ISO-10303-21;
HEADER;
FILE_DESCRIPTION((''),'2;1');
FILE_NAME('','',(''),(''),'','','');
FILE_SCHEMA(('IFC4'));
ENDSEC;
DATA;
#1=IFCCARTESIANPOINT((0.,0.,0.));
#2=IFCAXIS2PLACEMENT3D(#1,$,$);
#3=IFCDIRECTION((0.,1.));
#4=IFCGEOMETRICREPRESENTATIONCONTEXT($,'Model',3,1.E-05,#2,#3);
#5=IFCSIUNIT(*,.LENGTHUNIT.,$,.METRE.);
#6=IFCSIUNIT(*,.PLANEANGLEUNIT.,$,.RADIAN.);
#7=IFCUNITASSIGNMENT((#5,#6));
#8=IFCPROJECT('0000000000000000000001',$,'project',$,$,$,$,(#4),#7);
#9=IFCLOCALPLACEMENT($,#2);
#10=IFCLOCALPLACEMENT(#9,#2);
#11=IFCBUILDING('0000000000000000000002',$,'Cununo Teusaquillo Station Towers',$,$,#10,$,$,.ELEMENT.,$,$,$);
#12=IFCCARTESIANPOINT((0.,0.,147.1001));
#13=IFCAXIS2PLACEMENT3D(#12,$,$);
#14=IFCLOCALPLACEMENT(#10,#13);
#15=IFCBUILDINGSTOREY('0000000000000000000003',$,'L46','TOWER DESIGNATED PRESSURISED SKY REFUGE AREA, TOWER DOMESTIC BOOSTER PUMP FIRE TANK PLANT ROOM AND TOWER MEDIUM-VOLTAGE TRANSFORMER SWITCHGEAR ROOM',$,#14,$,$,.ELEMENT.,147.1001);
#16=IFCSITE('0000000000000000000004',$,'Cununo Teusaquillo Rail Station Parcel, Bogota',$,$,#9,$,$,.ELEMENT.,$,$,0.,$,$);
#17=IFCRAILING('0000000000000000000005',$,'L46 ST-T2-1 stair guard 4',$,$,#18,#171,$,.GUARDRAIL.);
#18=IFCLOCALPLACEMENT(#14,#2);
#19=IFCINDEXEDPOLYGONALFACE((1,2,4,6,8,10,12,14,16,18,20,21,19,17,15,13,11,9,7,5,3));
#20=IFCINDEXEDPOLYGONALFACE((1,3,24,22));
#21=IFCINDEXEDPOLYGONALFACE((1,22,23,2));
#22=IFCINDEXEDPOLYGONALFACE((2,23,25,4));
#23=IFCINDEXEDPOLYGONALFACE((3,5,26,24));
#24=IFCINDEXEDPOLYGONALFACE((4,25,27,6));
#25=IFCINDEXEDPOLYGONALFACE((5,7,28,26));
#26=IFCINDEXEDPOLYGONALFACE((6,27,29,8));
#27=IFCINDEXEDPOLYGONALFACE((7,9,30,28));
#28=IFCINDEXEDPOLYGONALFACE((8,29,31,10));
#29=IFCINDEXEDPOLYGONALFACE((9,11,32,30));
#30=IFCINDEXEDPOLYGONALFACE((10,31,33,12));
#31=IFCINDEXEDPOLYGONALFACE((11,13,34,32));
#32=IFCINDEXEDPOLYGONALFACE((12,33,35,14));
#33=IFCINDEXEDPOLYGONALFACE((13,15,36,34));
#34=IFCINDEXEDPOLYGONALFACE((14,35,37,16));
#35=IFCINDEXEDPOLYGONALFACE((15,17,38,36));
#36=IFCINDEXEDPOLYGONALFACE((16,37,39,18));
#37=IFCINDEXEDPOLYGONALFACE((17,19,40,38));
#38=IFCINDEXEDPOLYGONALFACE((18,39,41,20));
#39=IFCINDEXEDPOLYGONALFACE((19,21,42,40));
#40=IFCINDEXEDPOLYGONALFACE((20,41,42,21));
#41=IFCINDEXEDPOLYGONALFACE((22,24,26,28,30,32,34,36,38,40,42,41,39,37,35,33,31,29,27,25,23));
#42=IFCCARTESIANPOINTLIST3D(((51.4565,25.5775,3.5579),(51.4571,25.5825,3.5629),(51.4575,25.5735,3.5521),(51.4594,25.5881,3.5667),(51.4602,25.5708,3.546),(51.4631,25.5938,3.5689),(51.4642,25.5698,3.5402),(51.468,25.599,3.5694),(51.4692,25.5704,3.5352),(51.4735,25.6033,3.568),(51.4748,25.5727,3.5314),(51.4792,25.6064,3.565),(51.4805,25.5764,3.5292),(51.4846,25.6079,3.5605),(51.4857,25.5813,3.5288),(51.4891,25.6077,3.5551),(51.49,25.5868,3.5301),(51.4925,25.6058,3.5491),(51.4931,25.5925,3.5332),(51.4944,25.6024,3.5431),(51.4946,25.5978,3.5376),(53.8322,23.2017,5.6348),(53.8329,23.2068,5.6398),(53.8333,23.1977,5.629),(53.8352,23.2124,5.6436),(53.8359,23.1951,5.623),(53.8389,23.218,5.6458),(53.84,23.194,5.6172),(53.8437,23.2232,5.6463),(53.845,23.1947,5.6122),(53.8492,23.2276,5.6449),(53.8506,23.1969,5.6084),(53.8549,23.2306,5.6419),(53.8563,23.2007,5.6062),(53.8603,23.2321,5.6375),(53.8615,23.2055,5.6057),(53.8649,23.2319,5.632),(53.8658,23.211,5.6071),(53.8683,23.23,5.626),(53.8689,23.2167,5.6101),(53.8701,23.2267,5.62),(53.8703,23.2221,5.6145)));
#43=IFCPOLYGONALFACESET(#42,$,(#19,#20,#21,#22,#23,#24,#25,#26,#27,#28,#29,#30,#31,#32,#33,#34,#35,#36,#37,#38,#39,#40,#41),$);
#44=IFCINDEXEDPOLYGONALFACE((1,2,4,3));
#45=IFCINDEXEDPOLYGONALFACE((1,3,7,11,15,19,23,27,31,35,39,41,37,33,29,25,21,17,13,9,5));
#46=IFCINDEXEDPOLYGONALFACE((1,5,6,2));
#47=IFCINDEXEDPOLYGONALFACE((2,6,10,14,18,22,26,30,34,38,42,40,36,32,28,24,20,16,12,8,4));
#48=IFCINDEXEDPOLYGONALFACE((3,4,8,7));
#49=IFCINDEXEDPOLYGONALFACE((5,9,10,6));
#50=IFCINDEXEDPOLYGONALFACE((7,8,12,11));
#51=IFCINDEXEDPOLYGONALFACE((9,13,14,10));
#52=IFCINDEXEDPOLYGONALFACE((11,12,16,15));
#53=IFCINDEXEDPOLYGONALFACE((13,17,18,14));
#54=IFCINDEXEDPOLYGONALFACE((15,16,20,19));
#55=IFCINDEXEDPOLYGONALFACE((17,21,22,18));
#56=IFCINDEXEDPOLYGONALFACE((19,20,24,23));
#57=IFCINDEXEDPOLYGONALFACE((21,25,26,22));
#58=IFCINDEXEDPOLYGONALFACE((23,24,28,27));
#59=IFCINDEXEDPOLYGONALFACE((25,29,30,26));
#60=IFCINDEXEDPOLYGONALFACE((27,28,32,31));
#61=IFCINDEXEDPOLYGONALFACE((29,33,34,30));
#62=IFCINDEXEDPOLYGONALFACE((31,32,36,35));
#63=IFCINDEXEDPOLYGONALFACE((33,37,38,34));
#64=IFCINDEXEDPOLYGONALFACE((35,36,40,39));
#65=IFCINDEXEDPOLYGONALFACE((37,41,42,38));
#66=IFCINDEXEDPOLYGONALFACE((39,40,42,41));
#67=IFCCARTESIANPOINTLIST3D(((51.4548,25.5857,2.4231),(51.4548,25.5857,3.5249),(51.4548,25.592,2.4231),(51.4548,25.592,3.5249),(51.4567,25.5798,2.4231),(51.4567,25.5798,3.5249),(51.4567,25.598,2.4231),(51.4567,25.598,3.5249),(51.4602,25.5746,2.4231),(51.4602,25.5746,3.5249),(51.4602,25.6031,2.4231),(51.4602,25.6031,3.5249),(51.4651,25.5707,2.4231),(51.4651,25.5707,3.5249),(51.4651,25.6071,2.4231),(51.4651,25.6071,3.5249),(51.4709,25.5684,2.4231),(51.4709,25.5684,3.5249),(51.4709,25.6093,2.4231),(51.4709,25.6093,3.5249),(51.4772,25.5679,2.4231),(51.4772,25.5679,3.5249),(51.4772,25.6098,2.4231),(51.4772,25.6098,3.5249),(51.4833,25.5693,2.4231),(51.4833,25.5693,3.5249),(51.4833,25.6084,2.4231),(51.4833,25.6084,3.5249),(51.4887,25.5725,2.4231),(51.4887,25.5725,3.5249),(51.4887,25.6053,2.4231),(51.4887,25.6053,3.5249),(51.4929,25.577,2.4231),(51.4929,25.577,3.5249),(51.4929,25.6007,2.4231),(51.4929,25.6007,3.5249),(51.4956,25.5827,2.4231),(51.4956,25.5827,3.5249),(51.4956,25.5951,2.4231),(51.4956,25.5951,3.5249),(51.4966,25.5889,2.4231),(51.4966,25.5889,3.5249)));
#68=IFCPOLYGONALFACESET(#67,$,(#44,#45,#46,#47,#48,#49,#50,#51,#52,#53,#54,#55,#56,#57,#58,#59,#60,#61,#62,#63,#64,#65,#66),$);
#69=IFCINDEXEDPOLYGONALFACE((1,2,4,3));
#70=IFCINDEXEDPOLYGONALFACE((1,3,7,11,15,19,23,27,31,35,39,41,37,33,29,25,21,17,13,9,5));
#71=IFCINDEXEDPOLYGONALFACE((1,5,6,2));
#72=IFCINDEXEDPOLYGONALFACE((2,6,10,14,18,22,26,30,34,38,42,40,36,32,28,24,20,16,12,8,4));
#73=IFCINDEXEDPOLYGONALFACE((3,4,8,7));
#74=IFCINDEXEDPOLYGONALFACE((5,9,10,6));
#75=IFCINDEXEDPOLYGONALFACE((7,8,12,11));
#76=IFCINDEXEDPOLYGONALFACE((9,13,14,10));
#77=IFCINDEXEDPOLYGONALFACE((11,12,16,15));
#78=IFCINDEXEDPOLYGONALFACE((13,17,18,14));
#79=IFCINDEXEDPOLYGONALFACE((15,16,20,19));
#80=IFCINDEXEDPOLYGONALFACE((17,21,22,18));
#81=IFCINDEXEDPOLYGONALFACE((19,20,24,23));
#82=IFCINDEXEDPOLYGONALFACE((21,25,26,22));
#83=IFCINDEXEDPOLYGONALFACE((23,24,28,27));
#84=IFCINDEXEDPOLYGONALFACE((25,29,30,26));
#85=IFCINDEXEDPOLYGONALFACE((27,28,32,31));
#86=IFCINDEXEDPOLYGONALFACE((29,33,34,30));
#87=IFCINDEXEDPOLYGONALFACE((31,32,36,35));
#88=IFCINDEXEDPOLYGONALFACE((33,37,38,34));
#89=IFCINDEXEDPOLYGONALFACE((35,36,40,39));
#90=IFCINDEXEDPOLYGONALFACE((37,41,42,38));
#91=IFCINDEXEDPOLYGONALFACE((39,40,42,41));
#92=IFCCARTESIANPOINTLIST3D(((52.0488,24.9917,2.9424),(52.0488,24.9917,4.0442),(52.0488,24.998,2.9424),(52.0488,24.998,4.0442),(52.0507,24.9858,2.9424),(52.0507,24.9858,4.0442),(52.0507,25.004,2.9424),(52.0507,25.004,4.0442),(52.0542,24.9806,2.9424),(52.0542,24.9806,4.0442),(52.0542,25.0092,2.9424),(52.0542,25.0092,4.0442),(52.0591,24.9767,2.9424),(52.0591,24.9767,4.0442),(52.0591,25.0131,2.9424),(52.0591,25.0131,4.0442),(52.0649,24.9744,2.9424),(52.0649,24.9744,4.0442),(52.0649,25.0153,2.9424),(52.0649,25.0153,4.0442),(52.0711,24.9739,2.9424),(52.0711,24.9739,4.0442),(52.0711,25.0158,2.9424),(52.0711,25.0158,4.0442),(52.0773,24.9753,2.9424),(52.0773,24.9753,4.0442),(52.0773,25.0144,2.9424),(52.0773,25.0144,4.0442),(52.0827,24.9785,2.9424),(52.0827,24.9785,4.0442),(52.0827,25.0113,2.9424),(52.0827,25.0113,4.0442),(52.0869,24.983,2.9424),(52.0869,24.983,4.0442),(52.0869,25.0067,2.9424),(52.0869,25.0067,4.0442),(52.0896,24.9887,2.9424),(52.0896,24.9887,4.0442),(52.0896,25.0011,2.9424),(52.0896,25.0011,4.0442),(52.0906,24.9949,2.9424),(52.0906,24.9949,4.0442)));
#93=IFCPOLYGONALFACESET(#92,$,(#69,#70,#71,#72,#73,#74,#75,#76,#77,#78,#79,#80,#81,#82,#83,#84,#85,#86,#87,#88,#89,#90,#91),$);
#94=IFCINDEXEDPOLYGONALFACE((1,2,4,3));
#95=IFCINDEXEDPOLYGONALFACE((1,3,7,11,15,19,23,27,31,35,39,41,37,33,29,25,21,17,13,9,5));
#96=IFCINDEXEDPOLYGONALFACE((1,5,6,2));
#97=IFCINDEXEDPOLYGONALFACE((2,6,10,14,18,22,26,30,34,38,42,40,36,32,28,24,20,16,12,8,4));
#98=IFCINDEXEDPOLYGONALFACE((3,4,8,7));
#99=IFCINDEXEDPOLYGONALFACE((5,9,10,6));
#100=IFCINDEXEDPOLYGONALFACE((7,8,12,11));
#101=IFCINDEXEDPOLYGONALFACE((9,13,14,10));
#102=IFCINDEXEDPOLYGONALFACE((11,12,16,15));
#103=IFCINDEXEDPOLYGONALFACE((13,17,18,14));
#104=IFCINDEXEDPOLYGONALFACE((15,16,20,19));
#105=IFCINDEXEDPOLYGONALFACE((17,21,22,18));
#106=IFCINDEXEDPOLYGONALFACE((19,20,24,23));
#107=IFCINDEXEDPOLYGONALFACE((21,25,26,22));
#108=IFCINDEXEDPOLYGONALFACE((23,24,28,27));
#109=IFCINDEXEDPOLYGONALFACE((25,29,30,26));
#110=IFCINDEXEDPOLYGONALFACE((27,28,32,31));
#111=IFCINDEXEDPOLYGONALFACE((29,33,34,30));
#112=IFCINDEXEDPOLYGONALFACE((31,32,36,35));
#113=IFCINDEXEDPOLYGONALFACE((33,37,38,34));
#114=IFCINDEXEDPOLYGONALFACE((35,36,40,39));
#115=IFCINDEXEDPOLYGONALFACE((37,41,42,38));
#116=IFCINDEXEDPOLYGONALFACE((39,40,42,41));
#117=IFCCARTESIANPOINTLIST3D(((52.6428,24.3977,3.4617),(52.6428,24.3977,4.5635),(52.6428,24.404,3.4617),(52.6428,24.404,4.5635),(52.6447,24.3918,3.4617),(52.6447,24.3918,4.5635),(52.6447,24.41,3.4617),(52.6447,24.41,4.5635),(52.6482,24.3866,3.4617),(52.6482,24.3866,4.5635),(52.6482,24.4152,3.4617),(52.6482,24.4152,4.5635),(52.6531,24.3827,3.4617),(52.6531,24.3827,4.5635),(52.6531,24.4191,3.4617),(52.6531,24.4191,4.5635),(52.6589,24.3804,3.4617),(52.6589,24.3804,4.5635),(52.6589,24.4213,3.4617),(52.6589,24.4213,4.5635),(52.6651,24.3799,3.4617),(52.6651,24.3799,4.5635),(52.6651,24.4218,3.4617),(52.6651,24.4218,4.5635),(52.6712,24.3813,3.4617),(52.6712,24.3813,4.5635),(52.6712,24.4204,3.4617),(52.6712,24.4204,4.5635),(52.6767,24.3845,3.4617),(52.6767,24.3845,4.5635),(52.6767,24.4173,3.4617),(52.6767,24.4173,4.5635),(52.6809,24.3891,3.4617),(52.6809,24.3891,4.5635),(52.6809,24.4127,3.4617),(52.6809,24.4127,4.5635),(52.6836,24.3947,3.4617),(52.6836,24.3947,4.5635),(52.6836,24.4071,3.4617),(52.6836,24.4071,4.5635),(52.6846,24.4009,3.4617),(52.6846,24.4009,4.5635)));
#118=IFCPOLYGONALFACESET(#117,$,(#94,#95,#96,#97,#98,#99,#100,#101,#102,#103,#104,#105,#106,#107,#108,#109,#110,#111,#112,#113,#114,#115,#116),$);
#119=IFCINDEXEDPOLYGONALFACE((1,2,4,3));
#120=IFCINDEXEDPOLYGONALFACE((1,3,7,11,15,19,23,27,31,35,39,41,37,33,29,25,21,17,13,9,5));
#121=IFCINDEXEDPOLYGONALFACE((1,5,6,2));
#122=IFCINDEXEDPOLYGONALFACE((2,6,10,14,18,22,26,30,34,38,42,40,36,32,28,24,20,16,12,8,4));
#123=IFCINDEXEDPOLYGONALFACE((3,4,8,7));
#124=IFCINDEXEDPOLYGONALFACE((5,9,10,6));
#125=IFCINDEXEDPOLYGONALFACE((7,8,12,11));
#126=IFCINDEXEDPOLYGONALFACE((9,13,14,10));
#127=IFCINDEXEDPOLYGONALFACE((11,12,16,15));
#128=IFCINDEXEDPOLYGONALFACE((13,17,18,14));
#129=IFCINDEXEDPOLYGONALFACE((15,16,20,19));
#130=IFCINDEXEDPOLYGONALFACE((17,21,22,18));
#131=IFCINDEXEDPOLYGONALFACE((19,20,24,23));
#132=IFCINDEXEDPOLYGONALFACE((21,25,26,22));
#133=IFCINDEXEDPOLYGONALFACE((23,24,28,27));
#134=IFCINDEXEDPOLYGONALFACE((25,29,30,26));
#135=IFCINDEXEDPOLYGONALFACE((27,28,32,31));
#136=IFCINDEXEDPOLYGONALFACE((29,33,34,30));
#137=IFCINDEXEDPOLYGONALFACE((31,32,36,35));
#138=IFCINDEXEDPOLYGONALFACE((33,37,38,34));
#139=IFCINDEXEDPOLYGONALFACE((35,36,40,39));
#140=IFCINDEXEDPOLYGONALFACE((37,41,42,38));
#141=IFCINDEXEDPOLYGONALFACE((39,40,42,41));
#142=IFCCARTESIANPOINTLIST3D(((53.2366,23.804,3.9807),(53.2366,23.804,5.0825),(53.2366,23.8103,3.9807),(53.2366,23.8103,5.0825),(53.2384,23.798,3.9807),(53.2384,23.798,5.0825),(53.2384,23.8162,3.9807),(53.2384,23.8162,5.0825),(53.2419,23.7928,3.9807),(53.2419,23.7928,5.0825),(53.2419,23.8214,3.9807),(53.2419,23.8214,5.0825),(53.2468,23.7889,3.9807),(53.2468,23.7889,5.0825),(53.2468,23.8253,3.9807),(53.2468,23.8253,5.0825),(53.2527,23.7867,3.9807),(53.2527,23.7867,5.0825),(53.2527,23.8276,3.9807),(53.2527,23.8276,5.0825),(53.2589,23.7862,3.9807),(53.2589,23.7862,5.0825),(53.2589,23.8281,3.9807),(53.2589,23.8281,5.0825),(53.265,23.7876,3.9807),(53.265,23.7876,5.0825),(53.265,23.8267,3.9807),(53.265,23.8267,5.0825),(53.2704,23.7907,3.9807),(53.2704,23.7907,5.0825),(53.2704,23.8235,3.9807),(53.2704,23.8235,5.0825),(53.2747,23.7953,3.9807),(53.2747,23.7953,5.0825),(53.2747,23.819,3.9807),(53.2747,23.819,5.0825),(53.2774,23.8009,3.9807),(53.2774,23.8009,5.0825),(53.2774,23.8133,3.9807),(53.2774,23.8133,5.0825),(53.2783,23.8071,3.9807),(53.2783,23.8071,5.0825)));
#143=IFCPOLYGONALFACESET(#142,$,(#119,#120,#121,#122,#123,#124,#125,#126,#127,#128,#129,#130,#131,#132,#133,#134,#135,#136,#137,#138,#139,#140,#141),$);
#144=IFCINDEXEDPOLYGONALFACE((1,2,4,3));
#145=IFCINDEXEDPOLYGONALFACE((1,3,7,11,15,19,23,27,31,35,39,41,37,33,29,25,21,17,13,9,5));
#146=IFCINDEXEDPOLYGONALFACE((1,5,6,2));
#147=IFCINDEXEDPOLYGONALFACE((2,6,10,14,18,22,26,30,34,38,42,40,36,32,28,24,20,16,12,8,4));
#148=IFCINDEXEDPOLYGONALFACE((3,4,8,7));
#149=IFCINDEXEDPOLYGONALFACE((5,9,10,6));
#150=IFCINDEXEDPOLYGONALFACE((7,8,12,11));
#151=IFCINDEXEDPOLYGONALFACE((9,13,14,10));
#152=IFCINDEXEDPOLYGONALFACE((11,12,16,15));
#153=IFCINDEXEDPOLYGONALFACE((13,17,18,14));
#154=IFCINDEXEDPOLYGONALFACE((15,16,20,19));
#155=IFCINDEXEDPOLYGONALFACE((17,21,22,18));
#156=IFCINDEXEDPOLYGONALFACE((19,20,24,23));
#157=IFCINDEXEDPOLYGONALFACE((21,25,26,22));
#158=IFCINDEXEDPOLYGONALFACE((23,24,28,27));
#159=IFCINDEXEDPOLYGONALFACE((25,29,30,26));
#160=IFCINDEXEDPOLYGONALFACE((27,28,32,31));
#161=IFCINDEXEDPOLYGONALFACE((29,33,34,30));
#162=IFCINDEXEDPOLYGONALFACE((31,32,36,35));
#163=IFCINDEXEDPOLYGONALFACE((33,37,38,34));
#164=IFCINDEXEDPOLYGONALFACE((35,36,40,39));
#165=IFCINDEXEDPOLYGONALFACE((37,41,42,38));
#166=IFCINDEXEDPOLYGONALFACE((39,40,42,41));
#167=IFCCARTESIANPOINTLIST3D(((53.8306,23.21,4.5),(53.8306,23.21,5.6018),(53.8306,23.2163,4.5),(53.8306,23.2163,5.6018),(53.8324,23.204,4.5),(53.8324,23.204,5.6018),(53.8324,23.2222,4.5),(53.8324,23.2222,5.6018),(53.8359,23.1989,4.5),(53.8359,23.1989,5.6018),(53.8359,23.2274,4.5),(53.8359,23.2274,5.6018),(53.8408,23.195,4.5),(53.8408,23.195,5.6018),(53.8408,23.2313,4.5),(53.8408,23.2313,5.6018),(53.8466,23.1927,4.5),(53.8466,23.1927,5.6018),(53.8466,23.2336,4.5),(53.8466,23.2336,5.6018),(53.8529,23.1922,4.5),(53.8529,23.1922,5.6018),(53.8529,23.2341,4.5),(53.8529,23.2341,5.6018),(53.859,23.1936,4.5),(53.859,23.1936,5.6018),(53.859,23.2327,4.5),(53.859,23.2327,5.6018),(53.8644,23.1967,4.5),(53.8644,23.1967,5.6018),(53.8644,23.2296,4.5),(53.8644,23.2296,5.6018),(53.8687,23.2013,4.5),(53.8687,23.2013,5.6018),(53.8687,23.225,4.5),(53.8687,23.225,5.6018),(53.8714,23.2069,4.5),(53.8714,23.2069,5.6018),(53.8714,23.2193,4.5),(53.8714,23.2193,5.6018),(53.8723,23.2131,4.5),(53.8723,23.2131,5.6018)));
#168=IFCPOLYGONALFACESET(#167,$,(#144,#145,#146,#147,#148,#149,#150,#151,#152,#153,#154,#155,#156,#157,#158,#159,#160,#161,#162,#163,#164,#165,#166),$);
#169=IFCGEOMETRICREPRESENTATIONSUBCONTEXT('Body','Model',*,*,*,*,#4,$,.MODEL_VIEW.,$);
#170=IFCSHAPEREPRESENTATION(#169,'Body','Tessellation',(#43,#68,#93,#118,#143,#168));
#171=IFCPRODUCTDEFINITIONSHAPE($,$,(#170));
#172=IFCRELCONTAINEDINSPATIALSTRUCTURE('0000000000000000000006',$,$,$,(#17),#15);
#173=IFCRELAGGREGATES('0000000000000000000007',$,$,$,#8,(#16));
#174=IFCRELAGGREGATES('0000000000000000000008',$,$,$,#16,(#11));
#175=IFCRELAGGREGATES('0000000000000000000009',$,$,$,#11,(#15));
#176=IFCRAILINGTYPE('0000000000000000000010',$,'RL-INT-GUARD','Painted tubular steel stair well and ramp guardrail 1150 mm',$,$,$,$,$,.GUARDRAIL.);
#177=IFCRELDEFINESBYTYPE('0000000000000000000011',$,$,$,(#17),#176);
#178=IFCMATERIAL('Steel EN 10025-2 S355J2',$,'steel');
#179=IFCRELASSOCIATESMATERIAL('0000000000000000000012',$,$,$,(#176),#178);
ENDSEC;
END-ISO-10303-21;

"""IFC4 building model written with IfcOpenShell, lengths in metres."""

from ifc_helpers import new_model, si_unit, direction, frame, origin, origin_2d, place, context, subcontext, project, spatial, circle, extrude, material, type_object, element, save


model = new_model("IFC4")

# Units and contexts
model_context = context("Model", 3, precision=1e-05, world=origin(), true_north=direction((0.0, 1.0)))
body_context = subcontext(model_context, "Body", "Model", "MODEL_VIEW")
ifc_project = project(units=[si_unit("LENGTHUNIT", "METRE"), si_unit("PLANEANGLEUNIT", "RADIAN")], contexts=[model_context])

# Site, building, storey
site_placement = place(None, origin())
site = spatial("IfcSite", under=ifc_project, at=site_placement, Name="Cununo Teusaquillo Rail Station Parcel, Bogota", CompositionType="ELEMENT", RefElevation=0.0)
building_placement = place(site_placement, origin())
building = spatial("IfcBuilding", under=site, at=building_placement, Name="Cununo Teusaquillo Station Towers", CompositionType="ELEMENT")
storey_placement = place(building_placement, frame((0.0, 0.0, 147.1001)))
storey = spatial("IfcBuildingStorey", under=building, at=storey_placement, Name="L46", Description="TOWER DESIGNATED PRESSURISED SKY REFUGE AREA, TOWER DOMESTIC BOOSTER PUMP FIRE TANK PLANT ROOM AND TOWER MEDIUM-VOLTAGE TRANSFORMER SWITCHGEAR ROOM", CompositionType="ELEMENT", Elevation=147.1001)

# Railing
ifc_material_1 = material(Name="Steel EN 10025-2 S355J2", Category="steel")
railing_type_1 = type_object("IfcRailingType", Name="RL-INT-GUARD", Description="Painted tubular steel stair well and ramp guardrail 1150 mm", PredefinedType="GUARDRAIL", material=ifc_material_1)
railing_1_placement = place(storey_placement, frame((51.4756, 25.5889, 2.4231)))
element("IfcRailing", 1, at=railing_1_placement, inside=storey, type_object=railing_type_1, Name="L46 ST-T2-1 stair guard 4", PredefinedType="GUARDRAIL", context=body_context, shape_type="SweptSolid", body=[
    extrude(circle(Radius=0.0239, at=origin_2d()), frame((0.0, 0.0, 1.126), z_axis=(0.601466, -0.601466, 0.525811), x_axis=(0.707107, 0.707107, 0.0)), (0.0, 0.0, 1.0), 3.95),
    extrude(circle(Radius=0.021, at=origin_2d()), origin(), (0.0, 0.0, 1.0), 1.1018),
    extrude(circle(Radius=0.021, at=origin_2d()), frame((0.594, -0.594, 0.5193)), (0.0, 0.0, 1.0), 1.1018),
    extrude(circle(Radius=0.021, at=origin_2d()), frame((1.188, -1.188, 1.0386)), (0.0, 0.0, 1.0), 1.1018),
    extrude(circle(Radius=0.021, at=origin_2d()), frame((1.7817, -1.7817, 1.5576)), (0.0, 0.0, 1.0), 1.1018),
    extrude(circle(Radius=0.021, at=origin_2d()), frame((2.3757, -2.3757, 2.0769)), (0.0, 0.0, 1.0), 1.1018),
])

save(model, "model.ifc")
